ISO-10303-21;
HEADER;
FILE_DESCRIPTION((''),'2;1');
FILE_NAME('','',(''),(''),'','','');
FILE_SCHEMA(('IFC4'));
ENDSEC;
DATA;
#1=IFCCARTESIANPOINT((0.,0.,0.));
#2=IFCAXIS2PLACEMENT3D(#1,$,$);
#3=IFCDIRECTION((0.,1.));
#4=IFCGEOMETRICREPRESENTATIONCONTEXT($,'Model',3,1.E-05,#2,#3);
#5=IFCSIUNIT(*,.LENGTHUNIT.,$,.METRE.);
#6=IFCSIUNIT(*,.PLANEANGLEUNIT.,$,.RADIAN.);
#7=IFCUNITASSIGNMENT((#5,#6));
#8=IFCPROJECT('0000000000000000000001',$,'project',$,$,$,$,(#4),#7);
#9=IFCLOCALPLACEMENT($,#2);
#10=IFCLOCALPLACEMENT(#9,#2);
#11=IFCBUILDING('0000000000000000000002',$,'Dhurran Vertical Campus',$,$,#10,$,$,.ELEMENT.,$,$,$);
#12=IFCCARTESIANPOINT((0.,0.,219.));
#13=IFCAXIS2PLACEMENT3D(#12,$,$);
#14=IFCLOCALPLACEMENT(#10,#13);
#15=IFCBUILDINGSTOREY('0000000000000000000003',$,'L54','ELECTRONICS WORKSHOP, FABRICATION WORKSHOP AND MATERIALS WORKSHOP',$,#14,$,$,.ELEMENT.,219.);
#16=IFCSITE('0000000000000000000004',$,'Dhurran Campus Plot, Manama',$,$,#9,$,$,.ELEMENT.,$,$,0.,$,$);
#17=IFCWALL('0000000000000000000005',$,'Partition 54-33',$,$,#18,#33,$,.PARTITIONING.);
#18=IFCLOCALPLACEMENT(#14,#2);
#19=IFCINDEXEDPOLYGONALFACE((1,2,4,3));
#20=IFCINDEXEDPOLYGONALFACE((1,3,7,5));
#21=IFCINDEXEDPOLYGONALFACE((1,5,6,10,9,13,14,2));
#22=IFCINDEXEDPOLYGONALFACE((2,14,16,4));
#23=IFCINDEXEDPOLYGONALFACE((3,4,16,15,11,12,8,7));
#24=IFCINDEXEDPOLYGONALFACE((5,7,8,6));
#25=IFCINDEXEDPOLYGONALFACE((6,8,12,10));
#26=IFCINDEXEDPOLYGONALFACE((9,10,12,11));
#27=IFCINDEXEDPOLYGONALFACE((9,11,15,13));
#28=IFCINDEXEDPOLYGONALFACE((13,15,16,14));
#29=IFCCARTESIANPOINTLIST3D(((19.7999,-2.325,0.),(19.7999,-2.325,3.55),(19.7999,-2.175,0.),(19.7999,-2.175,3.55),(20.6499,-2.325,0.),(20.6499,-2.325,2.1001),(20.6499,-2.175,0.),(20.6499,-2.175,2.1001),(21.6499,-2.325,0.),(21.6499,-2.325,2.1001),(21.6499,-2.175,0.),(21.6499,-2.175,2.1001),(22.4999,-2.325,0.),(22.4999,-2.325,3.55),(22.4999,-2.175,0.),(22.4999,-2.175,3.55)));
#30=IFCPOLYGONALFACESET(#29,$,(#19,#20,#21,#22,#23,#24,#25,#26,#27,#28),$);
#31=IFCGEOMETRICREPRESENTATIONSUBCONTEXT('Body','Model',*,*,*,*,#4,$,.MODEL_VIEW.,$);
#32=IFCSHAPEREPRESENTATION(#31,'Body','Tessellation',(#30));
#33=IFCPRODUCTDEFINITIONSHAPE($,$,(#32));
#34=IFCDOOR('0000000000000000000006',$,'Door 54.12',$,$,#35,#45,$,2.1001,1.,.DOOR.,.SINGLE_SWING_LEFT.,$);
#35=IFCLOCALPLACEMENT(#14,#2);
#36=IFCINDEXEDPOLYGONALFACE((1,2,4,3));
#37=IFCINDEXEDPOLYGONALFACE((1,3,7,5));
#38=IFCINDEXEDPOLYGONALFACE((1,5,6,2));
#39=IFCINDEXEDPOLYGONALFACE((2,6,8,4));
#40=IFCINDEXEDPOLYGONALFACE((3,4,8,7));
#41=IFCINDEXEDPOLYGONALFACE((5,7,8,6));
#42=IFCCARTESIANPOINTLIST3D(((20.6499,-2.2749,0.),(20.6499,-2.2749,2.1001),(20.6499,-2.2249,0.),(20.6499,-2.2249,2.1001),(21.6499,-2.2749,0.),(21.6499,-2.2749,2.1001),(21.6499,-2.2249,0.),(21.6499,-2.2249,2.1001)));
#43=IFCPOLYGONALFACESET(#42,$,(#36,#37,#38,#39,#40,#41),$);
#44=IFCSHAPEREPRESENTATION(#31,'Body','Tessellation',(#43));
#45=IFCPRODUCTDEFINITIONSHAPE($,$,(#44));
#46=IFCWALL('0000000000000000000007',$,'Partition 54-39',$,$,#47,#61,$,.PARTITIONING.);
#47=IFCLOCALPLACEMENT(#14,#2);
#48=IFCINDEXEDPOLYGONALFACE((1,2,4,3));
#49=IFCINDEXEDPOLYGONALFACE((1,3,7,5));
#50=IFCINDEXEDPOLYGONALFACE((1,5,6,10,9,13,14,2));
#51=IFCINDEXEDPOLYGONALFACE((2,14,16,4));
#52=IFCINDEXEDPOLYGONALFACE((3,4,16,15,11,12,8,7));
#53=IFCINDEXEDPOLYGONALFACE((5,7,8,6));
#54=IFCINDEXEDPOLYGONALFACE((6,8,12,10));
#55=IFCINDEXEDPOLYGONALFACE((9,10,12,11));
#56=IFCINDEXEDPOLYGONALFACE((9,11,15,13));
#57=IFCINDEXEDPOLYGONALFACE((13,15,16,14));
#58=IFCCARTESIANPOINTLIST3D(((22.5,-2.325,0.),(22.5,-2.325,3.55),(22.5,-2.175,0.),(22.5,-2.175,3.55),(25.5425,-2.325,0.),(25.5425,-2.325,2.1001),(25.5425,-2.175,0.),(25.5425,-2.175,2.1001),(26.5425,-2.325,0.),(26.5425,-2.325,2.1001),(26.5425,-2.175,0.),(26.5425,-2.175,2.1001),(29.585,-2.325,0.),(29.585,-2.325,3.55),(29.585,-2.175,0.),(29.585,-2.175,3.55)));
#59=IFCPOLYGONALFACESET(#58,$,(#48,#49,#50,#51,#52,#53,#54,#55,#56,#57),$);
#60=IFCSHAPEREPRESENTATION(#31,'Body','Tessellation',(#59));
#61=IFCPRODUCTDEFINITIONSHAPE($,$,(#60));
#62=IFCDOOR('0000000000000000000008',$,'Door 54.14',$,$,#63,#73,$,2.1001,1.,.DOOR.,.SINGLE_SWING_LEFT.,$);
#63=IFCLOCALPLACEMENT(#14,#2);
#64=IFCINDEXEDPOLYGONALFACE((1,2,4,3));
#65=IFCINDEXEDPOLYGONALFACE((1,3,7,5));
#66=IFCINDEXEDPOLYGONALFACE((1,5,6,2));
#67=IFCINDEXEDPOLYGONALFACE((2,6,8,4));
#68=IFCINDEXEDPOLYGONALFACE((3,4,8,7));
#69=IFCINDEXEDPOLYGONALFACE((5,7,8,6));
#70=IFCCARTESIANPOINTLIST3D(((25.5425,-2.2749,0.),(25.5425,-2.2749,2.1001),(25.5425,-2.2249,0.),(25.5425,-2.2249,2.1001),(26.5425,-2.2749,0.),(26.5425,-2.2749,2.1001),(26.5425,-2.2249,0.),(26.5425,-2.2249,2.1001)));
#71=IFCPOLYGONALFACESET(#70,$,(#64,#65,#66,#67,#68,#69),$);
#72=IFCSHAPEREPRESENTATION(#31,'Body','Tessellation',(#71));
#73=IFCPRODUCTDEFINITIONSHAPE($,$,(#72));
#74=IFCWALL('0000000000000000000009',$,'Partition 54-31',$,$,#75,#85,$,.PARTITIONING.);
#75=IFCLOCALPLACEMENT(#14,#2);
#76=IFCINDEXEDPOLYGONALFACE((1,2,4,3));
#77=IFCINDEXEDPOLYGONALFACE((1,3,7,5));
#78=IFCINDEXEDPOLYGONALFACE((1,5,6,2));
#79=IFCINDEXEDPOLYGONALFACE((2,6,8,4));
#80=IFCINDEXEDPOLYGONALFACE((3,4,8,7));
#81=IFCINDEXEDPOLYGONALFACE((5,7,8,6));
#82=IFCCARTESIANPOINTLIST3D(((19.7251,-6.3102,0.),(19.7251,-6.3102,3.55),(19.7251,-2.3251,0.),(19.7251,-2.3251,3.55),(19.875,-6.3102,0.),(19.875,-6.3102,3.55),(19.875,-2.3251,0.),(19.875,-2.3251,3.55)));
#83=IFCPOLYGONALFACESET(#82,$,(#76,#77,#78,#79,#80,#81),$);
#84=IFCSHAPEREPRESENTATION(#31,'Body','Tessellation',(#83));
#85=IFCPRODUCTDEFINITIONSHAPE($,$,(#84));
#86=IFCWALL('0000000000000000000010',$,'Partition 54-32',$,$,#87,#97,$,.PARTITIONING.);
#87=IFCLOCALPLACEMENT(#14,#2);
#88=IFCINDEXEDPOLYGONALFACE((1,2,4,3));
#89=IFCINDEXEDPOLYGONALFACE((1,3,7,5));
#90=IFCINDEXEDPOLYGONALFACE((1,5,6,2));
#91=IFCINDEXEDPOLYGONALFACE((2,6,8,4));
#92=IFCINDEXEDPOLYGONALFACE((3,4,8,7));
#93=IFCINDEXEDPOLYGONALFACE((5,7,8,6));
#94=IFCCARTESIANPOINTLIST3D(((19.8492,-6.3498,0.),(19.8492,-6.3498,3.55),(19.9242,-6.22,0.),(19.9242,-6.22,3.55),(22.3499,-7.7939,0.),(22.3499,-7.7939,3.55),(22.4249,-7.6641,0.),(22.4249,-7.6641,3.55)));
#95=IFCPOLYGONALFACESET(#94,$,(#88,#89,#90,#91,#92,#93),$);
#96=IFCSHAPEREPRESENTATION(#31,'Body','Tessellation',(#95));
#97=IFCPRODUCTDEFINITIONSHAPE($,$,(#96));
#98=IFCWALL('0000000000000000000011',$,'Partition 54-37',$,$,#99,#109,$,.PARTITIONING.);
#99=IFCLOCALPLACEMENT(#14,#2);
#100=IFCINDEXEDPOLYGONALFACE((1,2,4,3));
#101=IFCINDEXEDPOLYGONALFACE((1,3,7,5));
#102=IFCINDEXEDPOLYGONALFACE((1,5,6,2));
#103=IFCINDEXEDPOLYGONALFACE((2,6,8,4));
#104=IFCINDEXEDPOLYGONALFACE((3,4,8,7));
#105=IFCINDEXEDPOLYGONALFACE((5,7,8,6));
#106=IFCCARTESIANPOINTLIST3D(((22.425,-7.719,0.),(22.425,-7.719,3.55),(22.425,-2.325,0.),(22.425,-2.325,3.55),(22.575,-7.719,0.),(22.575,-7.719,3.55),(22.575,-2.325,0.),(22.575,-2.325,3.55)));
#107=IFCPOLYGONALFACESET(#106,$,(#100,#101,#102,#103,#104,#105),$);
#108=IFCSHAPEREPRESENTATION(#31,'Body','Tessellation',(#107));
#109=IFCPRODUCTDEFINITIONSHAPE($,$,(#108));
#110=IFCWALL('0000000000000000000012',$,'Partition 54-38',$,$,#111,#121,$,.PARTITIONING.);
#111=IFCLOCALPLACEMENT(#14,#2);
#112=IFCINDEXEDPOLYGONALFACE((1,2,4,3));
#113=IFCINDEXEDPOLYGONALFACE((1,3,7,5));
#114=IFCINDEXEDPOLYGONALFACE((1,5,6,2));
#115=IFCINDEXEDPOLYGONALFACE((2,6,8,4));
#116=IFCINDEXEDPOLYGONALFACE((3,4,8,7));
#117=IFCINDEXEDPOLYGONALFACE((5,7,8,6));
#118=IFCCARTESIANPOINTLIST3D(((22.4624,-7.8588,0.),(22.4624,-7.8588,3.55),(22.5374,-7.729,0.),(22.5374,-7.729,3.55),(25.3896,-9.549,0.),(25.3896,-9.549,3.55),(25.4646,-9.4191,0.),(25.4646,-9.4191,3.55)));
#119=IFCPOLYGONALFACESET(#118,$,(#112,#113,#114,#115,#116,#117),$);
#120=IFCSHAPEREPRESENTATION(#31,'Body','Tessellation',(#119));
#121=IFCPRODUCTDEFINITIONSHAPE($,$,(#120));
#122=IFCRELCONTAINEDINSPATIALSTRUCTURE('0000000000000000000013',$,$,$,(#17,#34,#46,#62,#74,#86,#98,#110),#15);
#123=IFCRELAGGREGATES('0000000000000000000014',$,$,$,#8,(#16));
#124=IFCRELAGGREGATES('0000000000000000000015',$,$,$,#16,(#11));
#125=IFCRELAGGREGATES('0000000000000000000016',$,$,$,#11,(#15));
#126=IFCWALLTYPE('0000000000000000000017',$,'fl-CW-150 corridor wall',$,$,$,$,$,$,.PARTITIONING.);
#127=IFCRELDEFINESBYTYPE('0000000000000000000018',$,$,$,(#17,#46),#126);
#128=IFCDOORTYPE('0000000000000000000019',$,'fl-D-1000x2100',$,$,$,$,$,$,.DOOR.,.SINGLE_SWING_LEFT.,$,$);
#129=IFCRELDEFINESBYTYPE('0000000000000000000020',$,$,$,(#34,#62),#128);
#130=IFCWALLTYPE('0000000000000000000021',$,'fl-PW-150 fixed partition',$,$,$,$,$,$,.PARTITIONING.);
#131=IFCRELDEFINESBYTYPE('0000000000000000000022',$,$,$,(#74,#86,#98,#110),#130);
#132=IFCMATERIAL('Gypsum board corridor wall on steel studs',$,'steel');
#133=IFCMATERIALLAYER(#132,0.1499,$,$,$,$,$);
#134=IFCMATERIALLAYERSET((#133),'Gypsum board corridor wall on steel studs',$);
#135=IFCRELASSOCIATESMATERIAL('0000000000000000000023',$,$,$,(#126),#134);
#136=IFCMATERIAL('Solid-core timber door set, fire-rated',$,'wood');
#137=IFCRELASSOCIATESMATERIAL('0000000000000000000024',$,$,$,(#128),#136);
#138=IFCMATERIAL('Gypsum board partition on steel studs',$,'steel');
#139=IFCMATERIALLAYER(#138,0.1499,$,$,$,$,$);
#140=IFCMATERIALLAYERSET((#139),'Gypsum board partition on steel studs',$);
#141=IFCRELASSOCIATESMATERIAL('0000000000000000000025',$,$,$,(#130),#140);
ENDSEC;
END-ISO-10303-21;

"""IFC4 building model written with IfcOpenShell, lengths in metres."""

from ifc_helpers import new_model, si_unit, direction, frame, frame_2d, origin, place, context, subcontext, project, spatial, rectangle, extrude, material, layer, layer_set, type_object, element, fill, save


model = new_model("IFC4")

# Units and contexts
model_context = context("Model", 3, precision=1e-05, world=origin(), true_north=direction((0.0, 1.0)))
body_context = subcontext(model_context, "Body", "Model", "MODEL_VIEW")
ifc_project = project(units=[si_unit("LENGTHUNIT", "METRE"), si_unit("PLANEANGLEUNIT", "RADIAN")], contexts=[model_context])

# Site, building, storey
site_placement = place(None, origin())
site = spatial("IfcSite", under=ifc_project, at=site_placement, Name="Dhurran Campus Plot, Manama", CompositionType="ELEMENT", RefElevation=0.0)
building_placement = place(site_placement, origin())
building = spatial("IfcBuilding", under=site, at=building_placement, Name="Dhurran Vertical Campus", CompositionType="ELEMENT")
storey_placement = place(building_placement, frame((0.0, 0.0, 219.0)))
storey = spatial("IfcBuildingStorey", under=building, at=storey_placement, Name="L54", Description="ELECTRONICS WORKSHOP, FABRICATION WORKSHOP AND MATERIALS WORKSHOP", CompositionType="ELEMENT", Elevation=219.0)

# Shared definitions
ifc_material_1 = material(Name="Gypsum board corridor wall on steel studs", Category="steel")
ifc_layer_1 = layer(ifc_material_1, 0.1499)
ifc_layer_set_1 = layer_set([ifc_layer_1], Name="Gypsum board corridor wall on steel studs")
wall_type_1 = type_object("IfcWallType", Name="fl-CW-150 corridor wall", PredefinedType="PARTITIONING", material=ifc_layer_set_1)

# Walls, openings, doors
wall_1_placement = place(storey_placement, frame((22.5, -2.25, 0.0), z_axis=(0.0, 0.0, 1.0), x_axis=(-1.0, 0.0, 0.0)))
wall_1 = element("IfcWall", 1, at=wall_1_placement, inside=storey, type_object=wall_type_1, Name="Partition 54-33", PredefinedType="PARTITIONING", context=body_context, shape_type="SweptSolid", body=[
    extrude(rectangle(XDim=2.7, YDim=0.1499, at=frame_2d((1.3501, 0.0))), origin(), (0.0, 0.0, 1.0), 3.55),
])
opening_1_placement = place(wall_1_placement, frame((0.8501, 0.0, 0.0)))
opening_1 = element("IfcOpeningElement", 2, at=opening_1_placement, cuts=wall_1, PredefinedType="OPENING", context=body_context, shape_type="SweptSolid", body=[
    extrude(rectangle(XDim=1.0, YDim=2.1001, at=frame_2d((0.5, 1.05))), frame((0.0, 0.085, 0.0), z_axis=(0.0, -1.0, 0.0), x_axis=(1.0, 0.0, 0.0)), (0.0, 0.0, 1.0), 0.1699),
])
ifc_material_2 = material(Name="Solid-core timber door set, fire-rated", Category="wood")
door_type = type_object("IfcDoorType", Name="fl-D-1000x2100", OperationType="SINGLE_SWING_LEFT", PredefinedType="DOOR", material=ifc_material_2)
door_1_placement = place(opening_1_placement, origin())
door_1 = element("IfcDoor", 3, at=door_1_placement, inside=storey, type_object=door_type, Name="Door 54.12", OperationType="SINGLE_SWING_LEFT", OverallHeight=2.1001, OverallWidth=1.0, PredefinedType="DOOR", context=body_context, shape_type="SweptSolid", body=[
    extrude(rectangle(XDim=1.0, YDim=2.1001, at=frame_2d((0.5, 1.05))), frame((0.0, 0.0249, 0.0), z_axis=(0.0, -1.0, 0.0), x_axis=(1.0, 0.0, 0.0)), (0.0, 0.0, 1.0), 0.05),
])
fill(opening_1, door_1)
wall_2_placement = place(storey_placement, frame((29.585, -2.25, 0.0), z_axis=(0.0, 0.0, 1.0), x_axis=(-1.0, 0.0, 0.0)))
wall_2 = element("IfcWall", 4, at=wall_2_placement, inside=storey, type_object=wall_type_1, Name="Partition 54-39", PredefinedType="PARTITIONING", context=body_context, shape_type="SweptSolid", body=[
    extrude(rectangle(XDim=7.085, YDim=0.1499, at=frame_2d((3.5425, 0.0))), origin(), (0.0, 0.0, 1.0), 3.55),
])
opening_2_placement = place(wall_2_placement, frame((3.0425, 0.0, 0.0)))
opening_2 = element("IfcOpeningElement", 5, at=opening_2_placement, cuts=wall_2, PredefinedType="OPENING", context=body_context, shape_type="SweptSolid", body=[
    extrude(rectangle(XDim=1.0, YDim=2.1001, at=frame_2d((0.5, 1.05))), frame((0.0, 0.085, 0.0), z_axis=(0.0, -1.0, 0.0), x_axis=(1.0, 0.0, 0.0)), (0.0, 0.0, 1.0), 0.1699),
])
door_2_placement = place(opening_2_placement, origin())
door_2 = element("IfcDoor", 6, at=door_2_placement, inside=storey, type_object=door_type, Name="Door 54.14", OperationType="SINGLE_SWING_LEFT", OverallHeight=2.1001, OverallWidth=1.0, PredefinedType="DOOR", context=body_context, shape_type="SweptSolid", body=[
    extrude(rectangle(XDim=1.0, YDim=2.1001, at=frame_2d((0.5, 1.05))), frame((0.0, 0.0249, 0.0), z_axis=(0.0, -1.0, 0.0), x_axis=(1.0, 0.0, 0.0)), (0.0, 0.0, 1.0), 0.05),
])
fill(opening_2, door_2)

# Walls
ifc_material_3 = material(Name="Gypsum board partition on steel studs", Category="steel")
ifc_layer_2 = layer(ifc_material_3, 0.1499)
ifc_layer_set_2 = layer_set([ifc_layer_2], Name="Gypsum board partition on steel studs")
wall_type_2 = type_object("IfcWallType", Name="fl-PW-150 fixed partition", PredefinedType="PARTITIONING", material=ifc_layer_set_2)
wall_3_placement = place(storey_placement, frame((19.8, -2.325, 0.0), z_axis=(0.0, 0.0, 1.0), x_axis=(0.0, -1.0, 0.0)))
element("IfcWall", 7, at=wall_3_placement, inside=storey, type_object=wall_type_2, Name="Partition 54-31", PredefinedType="PARTITIONING", context=body_context, shape_type="SweptSolid", body=[
    extrude(rectangle(XDim=3.9851, YDim=0.1499, at=frame_2d((1.9927, 0.0))), origin(), (0.0, 0.0, 1.0), 3.55),
])
wall_4_placement = place(storey_placement, frame((19.8867, -6.2849, 0.0), z_axis=(0.0, 0.0, 1.0), x_axis=(0.865981, -0.500076, 0.0)))
element("IfcWall", 8, at=wall_4_placement, inside=storey, type_object=wall_type_2, Name="Partition 54-32", PredefinedType="PARTITIONING", context=body_context, shape_type="SweptSolid", body=[
    extrude(rectangle(XDim=2.8877, YDim=0.1499, at=frame_2d((1.4438, 0.0))), origin(), (0.0, 0.0, 1.0), 3.55),
])
wall_5_placement = place(storey_placement, frame((22.5, -2.325, 0.0), z_axis=(0.0, 0.0, 1.0), x_axis=(0.0, -1.0, 0.0)))
element("IfcWall", 9, at=wall_5_placement, inside=storey, type_object=wall_type_2, Name="Partition 54-37", PredefinedType="PARTITIONING", context=body_context, shape_type="SweptSolid", body=[
    extrude(rectangle(XDim=5.394, YDim=0.1499, at=frame_2d((2.697, 0.0))), origin(), (0.0, 0.0, 1.0), 3.55),
])
wall_6_placement = place(storey_placement, frame((22.5, -7.7939, 0.0), z_axis=(0.0, 0.0, 1.0), x_axis=(0.866008, -0.500031, 0.0)))
element("IfcWall", 10, at=wall_6_placement, inside=storey, type_object=wall_type_2, Name="Partition 54-38", PredefinedType="PARTITIONING", context=body_context, shape_type="SweptSolid", body=[
    extrude(rectangle(XDim=3.3801, YDim=0.1499, at=frame_2d((1.6899, 0.0))), origin(), (0.0, 0.0, 1.0), 3.55),
])

save(model, "model.ifc")
